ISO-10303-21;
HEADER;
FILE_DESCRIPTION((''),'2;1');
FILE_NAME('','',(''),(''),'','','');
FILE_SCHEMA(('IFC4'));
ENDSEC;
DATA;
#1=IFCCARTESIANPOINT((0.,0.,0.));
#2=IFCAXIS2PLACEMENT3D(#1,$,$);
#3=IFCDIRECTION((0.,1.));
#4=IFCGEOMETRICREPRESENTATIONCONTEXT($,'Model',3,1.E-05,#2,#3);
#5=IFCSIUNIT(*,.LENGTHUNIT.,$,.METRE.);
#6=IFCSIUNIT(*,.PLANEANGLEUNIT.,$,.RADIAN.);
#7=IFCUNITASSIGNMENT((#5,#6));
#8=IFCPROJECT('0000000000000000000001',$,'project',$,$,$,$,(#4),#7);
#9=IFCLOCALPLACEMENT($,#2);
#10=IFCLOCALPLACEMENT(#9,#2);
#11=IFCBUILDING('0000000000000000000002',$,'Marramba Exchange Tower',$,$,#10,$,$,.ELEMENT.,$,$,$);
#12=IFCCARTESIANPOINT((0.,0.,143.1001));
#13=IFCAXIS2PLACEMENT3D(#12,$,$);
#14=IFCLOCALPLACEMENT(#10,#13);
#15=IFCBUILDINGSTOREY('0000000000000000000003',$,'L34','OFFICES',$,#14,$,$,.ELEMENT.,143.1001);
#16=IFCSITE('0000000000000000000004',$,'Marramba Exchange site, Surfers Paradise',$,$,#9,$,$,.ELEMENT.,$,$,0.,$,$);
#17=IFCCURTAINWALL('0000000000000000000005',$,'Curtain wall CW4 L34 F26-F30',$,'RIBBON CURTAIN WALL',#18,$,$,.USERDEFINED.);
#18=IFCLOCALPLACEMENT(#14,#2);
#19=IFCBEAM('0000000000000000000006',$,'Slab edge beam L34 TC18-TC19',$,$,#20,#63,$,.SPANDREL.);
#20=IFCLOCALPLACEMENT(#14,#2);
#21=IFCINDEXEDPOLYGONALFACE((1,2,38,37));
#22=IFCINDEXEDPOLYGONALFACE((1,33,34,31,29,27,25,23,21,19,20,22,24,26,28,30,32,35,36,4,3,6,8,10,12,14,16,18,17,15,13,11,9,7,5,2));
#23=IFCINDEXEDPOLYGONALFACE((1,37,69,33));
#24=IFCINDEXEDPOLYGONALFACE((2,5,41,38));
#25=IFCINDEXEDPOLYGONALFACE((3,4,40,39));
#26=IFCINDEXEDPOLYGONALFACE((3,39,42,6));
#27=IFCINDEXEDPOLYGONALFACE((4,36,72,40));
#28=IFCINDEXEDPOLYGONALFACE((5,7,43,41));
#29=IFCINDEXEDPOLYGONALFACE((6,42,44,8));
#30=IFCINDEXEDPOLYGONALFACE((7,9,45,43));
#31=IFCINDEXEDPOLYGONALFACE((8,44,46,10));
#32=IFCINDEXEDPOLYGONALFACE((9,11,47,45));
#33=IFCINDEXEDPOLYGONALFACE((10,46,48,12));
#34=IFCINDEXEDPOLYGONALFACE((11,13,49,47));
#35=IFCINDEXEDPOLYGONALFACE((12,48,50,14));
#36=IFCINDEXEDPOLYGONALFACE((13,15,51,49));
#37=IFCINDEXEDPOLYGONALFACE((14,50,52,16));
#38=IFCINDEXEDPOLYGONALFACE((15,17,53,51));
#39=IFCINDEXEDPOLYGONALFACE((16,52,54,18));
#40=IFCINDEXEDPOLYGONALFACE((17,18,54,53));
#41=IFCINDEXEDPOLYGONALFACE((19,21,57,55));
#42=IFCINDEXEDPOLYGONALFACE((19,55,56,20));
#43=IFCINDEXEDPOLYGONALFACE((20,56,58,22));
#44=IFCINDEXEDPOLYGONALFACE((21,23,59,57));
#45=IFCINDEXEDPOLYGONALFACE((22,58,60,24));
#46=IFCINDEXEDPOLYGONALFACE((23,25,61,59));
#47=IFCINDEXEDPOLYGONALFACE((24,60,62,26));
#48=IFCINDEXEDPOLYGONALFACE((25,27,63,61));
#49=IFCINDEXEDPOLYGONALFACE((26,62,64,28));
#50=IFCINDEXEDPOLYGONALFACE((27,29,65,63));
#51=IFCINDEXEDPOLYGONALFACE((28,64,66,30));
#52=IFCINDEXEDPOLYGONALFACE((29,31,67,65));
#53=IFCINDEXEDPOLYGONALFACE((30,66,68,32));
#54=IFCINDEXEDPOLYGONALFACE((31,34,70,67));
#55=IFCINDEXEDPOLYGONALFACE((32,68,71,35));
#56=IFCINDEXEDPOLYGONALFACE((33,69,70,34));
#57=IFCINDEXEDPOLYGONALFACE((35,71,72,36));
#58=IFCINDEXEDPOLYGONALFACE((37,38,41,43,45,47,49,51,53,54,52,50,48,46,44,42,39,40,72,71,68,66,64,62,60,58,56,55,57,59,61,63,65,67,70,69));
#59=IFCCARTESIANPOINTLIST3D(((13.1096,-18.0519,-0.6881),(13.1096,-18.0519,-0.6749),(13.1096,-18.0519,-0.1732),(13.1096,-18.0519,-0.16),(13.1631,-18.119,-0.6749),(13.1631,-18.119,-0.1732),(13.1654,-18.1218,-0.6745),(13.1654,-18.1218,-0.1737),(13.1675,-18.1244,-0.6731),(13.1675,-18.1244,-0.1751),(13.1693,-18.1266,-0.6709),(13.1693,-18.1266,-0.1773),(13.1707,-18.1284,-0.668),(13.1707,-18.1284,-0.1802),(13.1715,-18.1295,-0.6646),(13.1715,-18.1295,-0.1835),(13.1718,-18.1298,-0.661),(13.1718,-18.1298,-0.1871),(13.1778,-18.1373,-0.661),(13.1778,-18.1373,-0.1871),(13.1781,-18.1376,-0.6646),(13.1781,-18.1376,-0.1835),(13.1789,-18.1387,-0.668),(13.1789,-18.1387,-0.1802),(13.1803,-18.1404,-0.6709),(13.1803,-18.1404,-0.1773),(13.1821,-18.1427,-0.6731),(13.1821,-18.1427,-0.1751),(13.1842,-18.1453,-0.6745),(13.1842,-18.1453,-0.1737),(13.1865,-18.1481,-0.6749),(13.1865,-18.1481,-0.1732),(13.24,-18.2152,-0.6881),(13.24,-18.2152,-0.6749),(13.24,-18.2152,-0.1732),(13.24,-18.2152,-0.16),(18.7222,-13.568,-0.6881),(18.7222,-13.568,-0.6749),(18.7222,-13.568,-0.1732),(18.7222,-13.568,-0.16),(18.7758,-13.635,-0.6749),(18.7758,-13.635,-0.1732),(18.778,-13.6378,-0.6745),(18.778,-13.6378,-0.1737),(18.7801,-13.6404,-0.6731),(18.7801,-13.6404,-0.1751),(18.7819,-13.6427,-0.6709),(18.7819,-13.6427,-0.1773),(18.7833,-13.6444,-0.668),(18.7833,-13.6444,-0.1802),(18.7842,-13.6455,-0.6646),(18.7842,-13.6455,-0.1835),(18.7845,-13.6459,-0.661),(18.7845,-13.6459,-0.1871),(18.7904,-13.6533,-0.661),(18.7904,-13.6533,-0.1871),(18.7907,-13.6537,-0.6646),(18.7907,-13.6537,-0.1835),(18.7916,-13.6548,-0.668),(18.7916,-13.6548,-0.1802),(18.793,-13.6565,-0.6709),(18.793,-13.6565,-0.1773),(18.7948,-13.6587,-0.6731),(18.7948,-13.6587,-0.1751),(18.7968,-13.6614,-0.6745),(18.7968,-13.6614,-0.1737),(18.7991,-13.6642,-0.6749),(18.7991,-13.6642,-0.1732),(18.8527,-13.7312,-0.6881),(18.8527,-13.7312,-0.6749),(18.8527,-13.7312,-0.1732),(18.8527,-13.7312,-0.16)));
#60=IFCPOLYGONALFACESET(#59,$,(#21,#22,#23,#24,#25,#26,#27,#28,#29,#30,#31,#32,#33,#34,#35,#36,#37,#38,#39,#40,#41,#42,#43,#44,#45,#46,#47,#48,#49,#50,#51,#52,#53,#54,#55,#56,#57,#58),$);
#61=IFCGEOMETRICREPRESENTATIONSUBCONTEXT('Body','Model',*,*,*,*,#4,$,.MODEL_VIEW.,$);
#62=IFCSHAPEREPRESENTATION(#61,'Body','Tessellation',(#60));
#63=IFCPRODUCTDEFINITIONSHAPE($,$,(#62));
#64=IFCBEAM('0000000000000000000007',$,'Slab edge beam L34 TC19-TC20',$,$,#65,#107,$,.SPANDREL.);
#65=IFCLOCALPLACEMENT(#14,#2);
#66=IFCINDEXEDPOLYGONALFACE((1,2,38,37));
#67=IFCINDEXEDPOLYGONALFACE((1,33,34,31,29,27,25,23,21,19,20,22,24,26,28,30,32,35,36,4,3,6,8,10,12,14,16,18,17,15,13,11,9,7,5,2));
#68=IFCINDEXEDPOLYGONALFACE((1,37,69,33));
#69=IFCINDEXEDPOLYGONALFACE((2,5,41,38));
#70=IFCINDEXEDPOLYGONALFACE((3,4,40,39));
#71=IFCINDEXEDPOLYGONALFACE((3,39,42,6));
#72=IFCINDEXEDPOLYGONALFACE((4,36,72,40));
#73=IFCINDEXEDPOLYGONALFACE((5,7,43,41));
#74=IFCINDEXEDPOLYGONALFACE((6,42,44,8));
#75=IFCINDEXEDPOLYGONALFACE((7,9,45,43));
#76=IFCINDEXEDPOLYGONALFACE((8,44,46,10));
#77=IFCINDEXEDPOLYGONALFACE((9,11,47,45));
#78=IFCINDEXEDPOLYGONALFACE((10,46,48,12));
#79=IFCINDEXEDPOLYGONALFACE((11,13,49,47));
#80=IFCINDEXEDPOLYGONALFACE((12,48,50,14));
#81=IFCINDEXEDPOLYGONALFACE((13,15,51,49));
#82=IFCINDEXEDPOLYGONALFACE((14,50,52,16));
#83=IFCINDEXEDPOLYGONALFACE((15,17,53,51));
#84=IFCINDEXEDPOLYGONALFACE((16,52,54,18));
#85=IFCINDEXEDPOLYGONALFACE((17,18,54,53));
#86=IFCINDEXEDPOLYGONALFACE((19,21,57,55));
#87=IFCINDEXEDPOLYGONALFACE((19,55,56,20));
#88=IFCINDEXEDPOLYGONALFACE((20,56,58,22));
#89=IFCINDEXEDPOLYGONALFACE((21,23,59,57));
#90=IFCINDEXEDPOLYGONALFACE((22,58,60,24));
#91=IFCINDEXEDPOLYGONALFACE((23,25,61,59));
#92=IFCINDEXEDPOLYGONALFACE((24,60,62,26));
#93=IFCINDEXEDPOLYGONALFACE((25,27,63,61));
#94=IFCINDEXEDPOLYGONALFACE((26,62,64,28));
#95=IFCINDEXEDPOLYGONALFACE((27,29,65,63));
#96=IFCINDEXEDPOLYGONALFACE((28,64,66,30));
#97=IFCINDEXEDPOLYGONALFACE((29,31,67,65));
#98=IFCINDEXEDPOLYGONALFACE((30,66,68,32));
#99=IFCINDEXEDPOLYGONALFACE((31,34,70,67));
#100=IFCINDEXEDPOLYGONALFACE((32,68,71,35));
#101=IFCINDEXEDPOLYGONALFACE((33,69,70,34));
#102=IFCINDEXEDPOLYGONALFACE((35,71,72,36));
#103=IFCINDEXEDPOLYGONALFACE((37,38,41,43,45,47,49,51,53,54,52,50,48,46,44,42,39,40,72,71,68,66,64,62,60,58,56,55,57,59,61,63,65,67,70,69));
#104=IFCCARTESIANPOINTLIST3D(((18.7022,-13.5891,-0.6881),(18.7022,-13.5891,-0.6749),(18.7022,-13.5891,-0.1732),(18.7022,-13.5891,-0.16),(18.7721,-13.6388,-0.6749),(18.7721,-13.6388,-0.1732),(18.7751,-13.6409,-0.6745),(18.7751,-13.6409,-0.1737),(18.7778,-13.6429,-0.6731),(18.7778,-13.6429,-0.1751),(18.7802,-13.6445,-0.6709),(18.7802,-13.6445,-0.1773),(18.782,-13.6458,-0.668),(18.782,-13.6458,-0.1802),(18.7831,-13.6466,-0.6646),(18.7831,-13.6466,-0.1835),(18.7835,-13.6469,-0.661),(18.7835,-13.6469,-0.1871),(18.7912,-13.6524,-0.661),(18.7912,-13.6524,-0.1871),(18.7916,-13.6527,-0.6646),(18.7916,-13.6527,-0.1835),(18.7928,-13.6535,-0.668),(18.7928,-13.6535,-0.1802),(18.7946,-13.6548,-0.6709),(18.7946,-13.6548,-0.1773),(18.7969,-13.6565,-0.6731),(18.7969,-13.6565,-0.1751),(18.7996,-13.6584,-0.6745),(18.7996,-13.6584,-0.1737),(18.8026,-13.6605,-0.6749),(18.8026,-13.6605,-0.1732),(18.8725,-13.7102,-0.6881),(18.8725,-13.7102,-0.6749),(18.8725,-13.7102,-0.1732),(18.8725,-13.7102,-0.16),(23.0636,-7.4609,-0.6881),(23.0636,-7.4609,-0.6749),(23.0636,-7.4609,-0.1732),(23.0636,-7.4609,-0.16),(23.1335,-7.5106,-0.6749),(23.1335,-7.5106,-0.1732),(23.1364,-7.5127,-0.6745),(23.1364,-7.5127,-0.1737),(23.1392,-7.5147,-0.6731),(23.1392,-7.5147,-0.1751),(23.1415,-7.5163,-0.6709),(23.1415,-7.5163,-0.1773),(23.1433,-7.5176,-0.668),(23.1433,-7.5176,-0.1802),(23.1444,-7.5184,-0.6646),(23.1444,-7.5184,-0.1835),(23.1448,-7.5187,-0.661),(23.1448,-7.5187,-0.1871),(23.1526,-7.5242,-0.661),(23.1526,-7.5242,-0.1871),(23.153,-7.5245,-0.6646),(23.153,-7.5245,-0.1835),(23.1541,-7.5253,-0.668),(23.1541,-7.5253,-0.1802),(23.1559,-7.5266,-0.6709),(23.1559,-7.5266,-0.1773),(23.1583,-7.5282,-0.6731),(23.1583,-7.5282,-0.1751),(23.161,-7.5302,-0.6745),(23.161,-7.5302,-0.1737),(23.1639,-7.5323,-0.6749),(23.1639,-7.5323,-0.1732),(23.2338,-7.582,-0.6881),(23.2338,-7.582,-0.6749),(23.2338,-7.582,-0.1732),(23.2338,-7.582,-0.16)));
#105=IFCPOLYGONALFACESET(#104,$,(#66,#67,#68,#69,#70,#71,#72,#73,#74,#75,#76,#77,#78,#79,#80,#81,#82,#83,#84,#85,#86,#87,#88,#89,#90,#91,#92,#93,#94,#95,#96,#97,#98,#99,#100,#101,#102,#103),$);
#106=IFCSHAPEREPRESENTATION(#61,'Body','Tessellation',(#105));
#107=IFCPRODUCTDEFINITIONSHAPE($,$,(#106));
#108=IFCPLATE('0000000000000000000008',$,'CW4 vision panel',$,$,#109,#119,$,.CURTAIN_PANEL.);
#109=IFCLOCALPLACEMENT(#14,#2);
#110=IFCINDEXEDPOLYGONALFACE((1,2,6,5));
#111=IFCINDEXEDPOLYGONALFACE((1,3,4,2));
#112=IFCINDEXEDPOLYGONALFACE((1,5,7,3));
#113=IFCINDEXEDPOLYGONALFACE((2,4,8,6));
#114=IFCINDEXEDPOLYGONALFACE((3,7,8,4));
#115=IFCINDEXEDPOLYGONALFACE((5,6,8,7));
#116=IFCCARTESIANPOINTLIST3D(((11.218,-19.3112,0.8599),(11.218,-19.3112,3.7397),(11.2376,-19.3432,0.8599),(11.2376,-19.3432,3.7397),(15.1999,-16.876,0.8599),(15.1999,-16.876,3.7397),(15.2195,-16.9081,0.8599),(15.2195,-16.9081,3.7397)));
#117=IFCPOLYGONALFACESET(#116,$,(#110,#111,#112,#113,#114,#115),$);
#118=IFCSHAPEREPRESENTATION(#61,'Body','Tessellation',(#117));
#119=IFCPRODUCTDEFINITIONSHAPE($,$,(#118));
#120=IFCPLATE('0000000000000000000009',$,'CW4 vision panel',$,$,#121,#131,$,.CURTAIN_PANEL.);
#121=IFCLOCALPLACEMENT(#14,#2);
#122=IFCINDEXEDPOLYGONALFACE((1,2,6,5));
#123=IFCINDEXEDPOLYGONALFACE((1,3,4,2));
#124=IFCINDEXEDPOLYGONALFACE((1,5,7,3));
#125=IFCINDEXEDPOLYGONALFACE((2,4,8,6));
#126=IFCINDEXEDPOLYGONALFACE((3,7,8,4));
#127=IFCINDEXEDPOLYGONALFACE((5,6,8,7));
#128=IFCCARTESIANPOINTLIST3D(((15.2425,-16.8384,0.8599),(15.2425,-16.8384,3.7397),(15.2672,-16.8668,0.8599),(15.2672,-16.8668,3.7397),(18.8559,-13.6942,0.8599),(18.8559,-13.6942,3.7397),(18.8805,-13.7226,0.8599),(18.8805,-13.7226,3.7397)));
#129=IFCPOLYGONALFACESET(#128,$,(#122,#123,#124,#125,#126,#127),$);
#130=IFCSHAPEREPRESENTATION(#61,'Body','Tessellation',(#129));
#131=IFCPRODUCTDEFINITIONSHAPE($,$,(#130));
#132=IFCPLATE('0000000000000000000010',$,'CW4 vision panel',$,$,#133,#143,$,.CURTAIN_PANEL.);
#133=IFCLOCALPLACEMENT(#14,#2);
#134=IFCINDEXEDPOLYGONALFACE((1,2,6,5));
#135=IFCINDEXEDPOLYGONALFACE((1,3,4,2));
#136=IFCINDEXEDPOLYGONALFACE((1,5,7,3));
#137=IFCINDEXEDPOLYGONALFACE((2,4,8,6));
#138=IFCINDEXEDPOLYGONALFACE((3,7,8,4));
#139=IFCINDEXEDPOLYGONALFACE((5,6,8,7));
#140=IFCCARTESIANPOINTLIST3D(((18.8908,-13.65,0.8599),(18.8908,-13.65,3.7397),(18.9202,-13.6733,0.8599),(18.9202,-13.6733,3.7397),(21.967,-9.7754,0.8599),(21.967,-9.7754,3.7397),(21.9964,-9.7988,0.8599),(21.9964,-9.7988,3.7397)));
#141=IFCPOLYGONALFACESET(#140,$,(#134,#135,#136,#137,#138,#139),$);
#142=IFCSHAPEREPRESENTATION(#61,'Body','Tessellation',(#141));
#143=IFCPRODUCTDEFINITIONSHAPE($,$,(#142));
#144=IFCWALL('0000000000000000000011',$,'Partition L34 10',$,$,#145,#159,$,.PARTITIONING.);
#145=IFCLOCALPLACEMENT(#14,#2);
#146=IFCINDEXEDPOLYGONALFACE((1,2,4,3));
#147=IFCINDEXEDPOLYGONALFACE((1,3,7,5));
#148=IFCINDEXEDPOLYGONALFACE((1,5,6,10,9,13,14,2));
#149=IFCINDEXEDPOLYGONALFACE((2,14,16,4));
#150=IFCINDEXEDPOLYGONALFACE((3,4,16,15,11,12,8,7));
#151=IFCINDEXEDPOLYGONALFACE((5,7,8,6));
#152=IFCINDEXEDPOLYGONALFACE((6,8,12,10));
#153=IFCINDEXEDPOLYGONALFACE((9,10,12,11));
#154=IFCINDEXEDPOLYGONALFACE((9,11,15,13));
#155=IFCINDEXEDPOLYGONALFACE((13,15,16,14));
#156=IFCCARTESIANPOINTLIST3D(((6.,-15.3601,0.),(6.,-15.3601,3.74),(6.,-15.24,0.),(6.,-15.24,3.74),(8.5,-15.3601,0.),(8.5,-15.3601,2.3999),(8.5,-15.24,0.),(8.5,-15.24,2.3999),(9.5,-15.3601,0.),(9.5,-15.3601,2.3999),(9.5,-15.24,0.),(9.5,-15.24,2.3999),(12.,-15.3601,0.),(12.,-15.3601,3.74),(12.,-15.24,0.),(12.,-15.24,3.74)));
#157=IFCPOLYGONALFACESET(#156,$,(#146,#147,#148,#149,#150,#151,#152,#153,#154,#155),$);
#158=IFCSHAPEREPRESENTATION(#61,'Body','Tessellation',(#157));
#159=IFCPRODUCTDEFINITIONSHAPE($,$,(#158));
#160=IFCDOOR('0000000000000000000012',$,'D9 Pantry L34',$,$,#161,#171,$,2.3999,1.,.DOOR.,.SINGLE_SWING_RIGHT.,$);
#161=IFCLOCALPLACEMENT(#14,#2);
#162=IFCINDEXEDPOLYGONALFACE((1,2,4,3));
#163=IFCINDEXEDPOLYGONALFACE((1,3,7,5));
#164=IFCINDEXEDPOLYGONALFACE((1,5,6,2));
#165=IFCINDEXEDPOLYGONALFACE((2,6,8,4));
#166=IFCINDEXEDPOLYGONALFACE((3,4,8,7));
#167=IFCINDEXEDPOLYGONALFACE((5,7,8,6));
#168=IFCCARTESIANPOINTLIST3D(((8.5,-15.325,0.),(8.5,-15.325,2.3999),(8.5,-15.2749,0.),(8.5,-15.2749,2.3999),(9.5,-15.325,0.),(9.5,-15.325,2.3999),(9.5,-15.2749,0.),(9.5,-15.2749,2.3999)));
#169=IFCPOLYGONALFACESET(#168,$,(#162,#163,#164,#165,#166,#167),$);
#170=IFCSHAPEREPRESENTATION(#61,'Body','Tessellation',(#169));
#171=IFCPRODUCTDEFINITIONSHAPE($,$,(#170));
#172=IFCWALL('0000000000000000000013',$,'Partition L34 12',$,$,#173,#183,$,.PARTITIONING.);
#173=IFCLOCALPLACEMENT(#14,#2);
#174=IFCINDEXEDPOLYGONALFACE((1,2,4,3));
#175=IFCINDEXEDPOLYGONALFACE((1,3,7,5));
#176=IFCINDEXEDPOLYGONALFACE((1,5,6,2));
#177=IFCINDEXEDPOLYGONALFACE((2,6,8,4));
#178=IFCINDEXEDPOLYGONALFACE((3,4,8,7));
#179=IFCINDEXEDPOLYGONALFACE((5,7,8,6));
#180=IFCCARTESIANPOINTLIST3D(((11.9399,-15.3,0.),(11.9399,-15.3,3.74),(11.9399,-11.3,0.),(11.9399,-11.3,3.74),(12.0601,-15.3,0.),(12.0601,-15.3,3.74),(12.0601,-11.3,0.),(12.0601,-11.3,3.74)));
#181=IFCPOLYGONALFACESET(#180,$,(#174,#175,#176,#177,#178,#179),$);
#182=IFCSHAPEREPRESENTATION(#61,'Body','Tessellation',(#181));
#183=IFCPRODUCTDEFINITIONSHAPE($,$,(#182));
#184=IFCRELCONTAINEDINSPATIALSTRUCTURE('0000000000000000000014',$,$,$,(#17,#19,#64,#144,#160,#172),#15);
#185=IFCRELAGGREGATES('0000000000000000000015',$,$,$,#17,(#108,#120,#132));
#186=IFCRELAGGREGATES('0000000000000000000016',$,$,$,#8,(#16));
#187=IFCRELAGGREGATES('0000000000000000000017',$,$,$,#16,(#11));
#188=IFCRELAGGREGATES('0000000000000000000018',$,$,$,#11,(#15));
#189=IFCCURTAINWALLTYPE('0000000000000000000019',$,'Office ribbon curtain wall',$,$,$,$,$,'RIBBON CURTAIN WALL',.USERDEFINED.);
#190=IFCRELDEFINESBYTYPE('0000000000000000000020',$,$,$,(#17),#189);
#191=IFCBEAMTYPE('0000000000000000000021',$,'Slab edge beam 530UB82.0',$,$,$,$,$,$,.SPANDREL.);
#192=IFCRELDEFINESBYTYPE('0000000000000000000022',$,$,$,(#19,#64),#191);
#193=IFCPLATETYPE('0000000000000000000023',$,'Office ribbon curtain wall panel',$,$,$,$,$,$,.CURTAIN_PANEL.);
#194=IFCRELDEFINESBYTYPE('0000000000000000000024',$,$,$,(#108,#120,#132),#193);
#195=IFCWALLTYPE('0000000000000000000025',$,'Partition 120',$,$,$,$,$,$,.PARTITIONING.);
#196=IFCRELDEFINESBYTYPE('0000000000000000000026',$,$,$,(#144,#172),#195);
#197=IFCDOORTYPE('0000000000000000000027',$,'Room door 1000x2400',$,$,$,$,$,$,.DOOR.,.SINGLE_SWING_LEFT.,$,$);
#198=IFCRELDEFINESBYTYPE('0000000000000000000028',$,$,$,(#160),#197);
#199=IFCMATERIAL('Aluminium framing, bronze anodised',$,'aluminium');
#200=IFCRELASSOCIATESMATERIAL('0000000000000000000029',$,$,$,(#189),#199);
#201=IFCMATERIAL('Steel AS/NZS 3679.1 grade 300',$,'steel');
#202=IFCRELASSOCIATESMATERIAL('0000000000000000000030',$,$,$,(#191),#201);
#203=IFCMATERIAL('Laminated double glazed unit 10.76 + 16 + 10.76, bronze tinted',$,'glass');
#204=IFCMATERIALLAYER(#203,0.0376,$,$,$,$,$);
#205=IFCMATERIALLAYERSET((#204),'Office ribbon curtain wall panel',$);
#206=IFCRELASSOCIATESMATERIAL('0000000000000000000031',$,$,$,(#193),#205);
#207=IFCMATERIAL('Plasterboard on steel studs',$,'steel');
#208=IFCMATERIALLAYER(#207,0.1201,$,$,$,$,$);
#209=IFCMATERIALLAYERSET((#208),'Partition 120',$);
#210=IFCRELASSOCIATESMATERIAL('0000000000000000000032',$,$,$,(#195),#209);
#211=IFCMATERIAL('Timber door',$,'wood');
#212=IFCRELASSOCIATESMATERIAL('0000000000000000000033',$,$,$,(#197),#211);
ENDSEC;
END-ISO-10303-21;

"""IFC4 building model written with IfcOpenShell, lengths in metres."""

from ifc_helpers import new_model, si_unit, direction, frame, frame_2d, origin, origin_2d, place, context, subcontext, project, spatial, rectangle, i_section, extrude, material, layer, layer_set, material_profile, profile_set, type_object, element, fill, aggregate, save


model = new_model("IFC4")

# Units and contexts
model_context = context("Model", 3, precision=1e-05, world=origin(), true_north=direction((0.0, 1.0)))
body_context = subcontext(model_context, "Body", "Model", "MODEL_VIEW")
ifc_project = project(units=[si_unit("LENGTHUNIT", "METRE"), si_unit("PLANEANGLEUNIT", "RADIAN")], contexts=[model_context])

# Site, building, storey
site_placement = place(None, origin())
site = spatial("IfcSite", under=ifc_project, at=site_placement, Name="Marramba Exchange site, Surfers Paradise", CompositionType="ELEMENT", RefElevation=0.0)
building_placement = place(site_placement, origin())
building = spatial("IfcBuilding", under=site, at=building_placement, Name="Marramba Exchange Tower", CompositionType="ELEMENT")
storey_placement = place(building_placement, frame((0.0, 0.0, 143.1001)))
storey = spatial("IfcBuildingStorey", under=building, at=storey_placement, Name="L34", Description="OFFICES", CompositionType="ELEMENT", Elevation=143.1001)

# Curtain wall
ifc_material_1 = material(Name="Aluminium framing, bronze anodised", Category="aluminium")
curtain_wall_type = type_object("IfcCurtainWallType", Name="Office ribbon curtain wall", ElementType="RIBBON CURTAIN WALL", PredefinedType="USERDEFINED", material=ifc_material_1)
curtain_wall_placement = place(storey_placement, origin())
curtain_wall = element("IfcCurtainWall", 1, at=curtain_wall_placement, inside=storey, type_object=curtain_wall_type, Name="Curtain wall CW4 L34 F26-F30", ObjectType="RIBBON CURTAIN WALL", PredefinedType="USERDEFINED")

# Beams
ifc_material_2 = material(Name="Steel AS/NZS 3679.1 grade 300", Category="steel")
ifc_material_profile_1 = material_profile(ifc_material_2, i_section(OverallWidth=0.209, OverallDepth=0.5281, WebThickness=0.0095, FlangeThickness=0.0132, FilletRadius=0.0139, at=origin_2d()), Name="530UB82.0")
ifc_profile_set_1 = profile_set([ifc_material_profile_1], Name="Steel AS/NZS 3679.1 grade 300")
beam_type_1 = type_object("IfcBeamType", Name="Slab edge beam 530UB82.0", PredefinedType="SPANDREL", material=ifc_profile_set_1)
beam_1_placement = place(storey_placement, frame((13.1748, -18.1335, -0.4241), z_axis=(0.781286, 0.624173, 0.0), x_axis=(-0.624173, 0.781286, 0.0)))
element("IfcBeam", 2, at=beam_1_placement, inside=storey, type_object=beam_type_1, Name="Slab edge beam L34 TC18-TC19", PredefinedType="SPANDREL", context=body_context, shape_type="SweptSolid", body=[
    extrude(i_section(OverallWidth=0.209, OverallDepth=0.5281, WebThickness=0.0095, FlangeThickness=0.0132, FilletRadius=0.0139, at=origin_2d()), origin(), (0.0, 0.0, 1.0), 7.1838),
])
beam_2_placement = place(storey_placement, frame((18.7874, -13.6497, -0.4241), z_axis=(0.579834, 0.814735, 0.0), x_axis=(-0.814735, 0.579834, 0.0)))
element("IfcBeam", 3, at=beam_2_placement, inside=storey, type_object=beam_type_1, Name="Slab edge beam L34 TC19-TC20", PredefinedType="SPANDREL", context=body_context, shape_type="SweptSolid", body=[
    extrude(i_section(OverallWidth=0.209, OverallDepth=0.5281, WebThickness=0.0095, FlangeThickness=0.0132, FilletRadius=0.0139, at=origin_2d()), origin(), (0.0, 0.0, 1.0), 7.5217),
])

# Plates
ifc_material_3 = material(Name="Laminated double glazed unit 10.76 + 16 + 10.76, bronze tinted", Category="glass")
ifc_layer_1 = layer(ifc_material_3, 0.0376)
ifc_layer_set_1 = layer_set([ifc_layer_1], Name="Office ribbon curtain wall panel")
plate_type = type_object("IfcPlateType", Name="Office ribbon curtain wall panel", PredefinedType="CURTAIN_PANEL", material=ifc_layer_set_1)
plate_1_placement = place(storey_placement, frame((13.2188, -18.1096, 0.8599), z_axis=(0.0, 0.0, 1.0), x_axis=(0.853109, 0.521733, 0.0)))
plate_1 = element("IfcPlate", 4, at=plate_1_placement, type_object=plate_type, Name="CW4 vision panel", PredefinedType="CURTAIN_PANEL", context=body_context, shape_type="SweptSolid", body=[
    extrude(rectangle(XDim=4.6675, YDim=0.0376, at=origin_2d()), origin(), (0.0, 0.0, 1.0), 2.8799),
])
plate_2_placement = place(storey_placement, frame((17.0615, -15.2805, 0.8599), z_axis=(0.0, 0.0, 1.0), x_axis=(0.754386, 0.656432, 0.0)))
plate_2 = element("IfcPlate", 5, at=plate_2_placement, type_object=plate_type, Name="CW4 vision panel", PredefinedType="CURTAIN_PANEL", context=body_context, shape_type="SweptSolid", body=[
    extrude(rectangle(XDim=4.7898, YDim=0.0376, at=origin_2d()), origin(), (0.0, 0.0, 1.0), 2.8799),
])
plate_3_placement = place(storey_placement, frame((20.4436, -11.7244, 0.8599), z_axis=(0.0, 0.0, 1.0), x_axis=(0.621807, 0.78317, 0.0)))
plate_3 = element("IfcPlate", 6, at=plate_3_placement, type_object=plate_type, Name="CW4 vision panel", PredefinedType="CURTAIN_PANEL", context=body_context, shape_type="SweptSolid", body=[
    extrude(rectangle(XDim=4.9473, YDim=0.0376, at=origin_2d()), origin(), (0.0, 0.0, 1.0), 2.8799),
])
aggregate(curtain_wall, [plate_1, plate_2, plate_3])

# Wall, opening, door
ifc_material_4 = material(Name="Plasterboard on steel studs", Category="steel")
ifc_layer_2 = layer(ifc_material_4, 0.1201)
ifc_layer_set_2 = layer_set([ifc_layer_2], Name="Partition 120")
wall_type = type_object("IfcWallType", Name="Partition 120", PredefinedType="PARTITIONING", material=ifc_layer_set_2)
wall_1_placement = place(storey_placement, frame((12.0, -15.3, 0.0), z_axis=(0.0, 0.0, 1.0), x_axis=(-1.0, 0.0, 0.0)))
wall_1 = element("IfcWall", 7, at=wall_1_placement, inside=storey, type_object=wall_type, Name="Partition L34 10", PredefinedType="PARTITIONING", context=body_context, shape_type="SweptSolid", body=[
    extrude(rectangle(XDim=6.0, YDim=0.1201, at=frame_2d((3.0, 0.0))), origin(), (0.0, 0.0, 1.0), 3.74),
])
opening_placement = place(wall_1_placement, frame((2.5, 0.0, 0.0)))
opening = element("IfcOpeningElement", 8, at=opening_placement, cuts=wall_1, PredefinedType="OPENING", context=body_context, shape_type="SweptSolid", body=[
    extrude(rectangle(XDim=1.0, YDim=2.3999, at=frame_2d((0.5, 1.2))), frame((0.0, 0.0701, 0.0), z_axis=(0.0, -1.0, 0.0), x_axis=(1.0, 0.0, 0.0)), (0.0, 0.0, 1.0), 0.1401),
])
ifc_material_5 = material(Name="Timber door", Category="wood")
door_type = type_object("IfcDoorType", Name="Room door 1000x2400", OperationType="SINGLE_SWING_LEFT", PredefinedType="DOOR", material=ifc_material_5)
door_placement = place(opening_placement, frame((1.0, 0.0, 0.0), z_axis=(0.0, 0.0, 1.0), x_axis=(-1.0, 0.0, 0.0)))
door = element("IfcDoor", 9, at=door_placement, inside=storey, type_object=door_type, Name="D9 Pantry L34", OperationType="SINGLE_SWING_RIGHT", OverallHeight=2.3999, OverallWidth=1.0, PredefinedType="DOOR", context=body_context, shape_type="SweptSolid", body=[
    extrude(rectangle(XDim=1.0, YDim=2.3999, at=frame_2d((0.5, 1.2))), frame((0.0, 0.0251, 0.0), z_axis=(0.0, -1.0, 0.0), x_axis=(1.0, 0.0, 0.0)), (0.0, 0.0, 1.0), 0.05),
])
fill(opening, door)

# Wall
wall_2_placement = place(storey_placement, frame((12.0, -11.3, 0.0), z_axis=(0.0, 0.0, 1.0), x_axis=(0.0, -1.0, 0.0)))
element("IfcWall", 10, at=wall_2_placement, inside=storey, type_object=wall_type, Name="Partition L34 12", PredefinedType="PARTITIONING", context=body_context, shape_type="SweptSolid", body=[
    extrude(rectangle(XDim=4.0, YDim=0.1201, at=frame_2d((2.0, 0.0))), origin(), (0.0, 0.0, 1.0), 3.74),
])

save(model, "model.ifc")
